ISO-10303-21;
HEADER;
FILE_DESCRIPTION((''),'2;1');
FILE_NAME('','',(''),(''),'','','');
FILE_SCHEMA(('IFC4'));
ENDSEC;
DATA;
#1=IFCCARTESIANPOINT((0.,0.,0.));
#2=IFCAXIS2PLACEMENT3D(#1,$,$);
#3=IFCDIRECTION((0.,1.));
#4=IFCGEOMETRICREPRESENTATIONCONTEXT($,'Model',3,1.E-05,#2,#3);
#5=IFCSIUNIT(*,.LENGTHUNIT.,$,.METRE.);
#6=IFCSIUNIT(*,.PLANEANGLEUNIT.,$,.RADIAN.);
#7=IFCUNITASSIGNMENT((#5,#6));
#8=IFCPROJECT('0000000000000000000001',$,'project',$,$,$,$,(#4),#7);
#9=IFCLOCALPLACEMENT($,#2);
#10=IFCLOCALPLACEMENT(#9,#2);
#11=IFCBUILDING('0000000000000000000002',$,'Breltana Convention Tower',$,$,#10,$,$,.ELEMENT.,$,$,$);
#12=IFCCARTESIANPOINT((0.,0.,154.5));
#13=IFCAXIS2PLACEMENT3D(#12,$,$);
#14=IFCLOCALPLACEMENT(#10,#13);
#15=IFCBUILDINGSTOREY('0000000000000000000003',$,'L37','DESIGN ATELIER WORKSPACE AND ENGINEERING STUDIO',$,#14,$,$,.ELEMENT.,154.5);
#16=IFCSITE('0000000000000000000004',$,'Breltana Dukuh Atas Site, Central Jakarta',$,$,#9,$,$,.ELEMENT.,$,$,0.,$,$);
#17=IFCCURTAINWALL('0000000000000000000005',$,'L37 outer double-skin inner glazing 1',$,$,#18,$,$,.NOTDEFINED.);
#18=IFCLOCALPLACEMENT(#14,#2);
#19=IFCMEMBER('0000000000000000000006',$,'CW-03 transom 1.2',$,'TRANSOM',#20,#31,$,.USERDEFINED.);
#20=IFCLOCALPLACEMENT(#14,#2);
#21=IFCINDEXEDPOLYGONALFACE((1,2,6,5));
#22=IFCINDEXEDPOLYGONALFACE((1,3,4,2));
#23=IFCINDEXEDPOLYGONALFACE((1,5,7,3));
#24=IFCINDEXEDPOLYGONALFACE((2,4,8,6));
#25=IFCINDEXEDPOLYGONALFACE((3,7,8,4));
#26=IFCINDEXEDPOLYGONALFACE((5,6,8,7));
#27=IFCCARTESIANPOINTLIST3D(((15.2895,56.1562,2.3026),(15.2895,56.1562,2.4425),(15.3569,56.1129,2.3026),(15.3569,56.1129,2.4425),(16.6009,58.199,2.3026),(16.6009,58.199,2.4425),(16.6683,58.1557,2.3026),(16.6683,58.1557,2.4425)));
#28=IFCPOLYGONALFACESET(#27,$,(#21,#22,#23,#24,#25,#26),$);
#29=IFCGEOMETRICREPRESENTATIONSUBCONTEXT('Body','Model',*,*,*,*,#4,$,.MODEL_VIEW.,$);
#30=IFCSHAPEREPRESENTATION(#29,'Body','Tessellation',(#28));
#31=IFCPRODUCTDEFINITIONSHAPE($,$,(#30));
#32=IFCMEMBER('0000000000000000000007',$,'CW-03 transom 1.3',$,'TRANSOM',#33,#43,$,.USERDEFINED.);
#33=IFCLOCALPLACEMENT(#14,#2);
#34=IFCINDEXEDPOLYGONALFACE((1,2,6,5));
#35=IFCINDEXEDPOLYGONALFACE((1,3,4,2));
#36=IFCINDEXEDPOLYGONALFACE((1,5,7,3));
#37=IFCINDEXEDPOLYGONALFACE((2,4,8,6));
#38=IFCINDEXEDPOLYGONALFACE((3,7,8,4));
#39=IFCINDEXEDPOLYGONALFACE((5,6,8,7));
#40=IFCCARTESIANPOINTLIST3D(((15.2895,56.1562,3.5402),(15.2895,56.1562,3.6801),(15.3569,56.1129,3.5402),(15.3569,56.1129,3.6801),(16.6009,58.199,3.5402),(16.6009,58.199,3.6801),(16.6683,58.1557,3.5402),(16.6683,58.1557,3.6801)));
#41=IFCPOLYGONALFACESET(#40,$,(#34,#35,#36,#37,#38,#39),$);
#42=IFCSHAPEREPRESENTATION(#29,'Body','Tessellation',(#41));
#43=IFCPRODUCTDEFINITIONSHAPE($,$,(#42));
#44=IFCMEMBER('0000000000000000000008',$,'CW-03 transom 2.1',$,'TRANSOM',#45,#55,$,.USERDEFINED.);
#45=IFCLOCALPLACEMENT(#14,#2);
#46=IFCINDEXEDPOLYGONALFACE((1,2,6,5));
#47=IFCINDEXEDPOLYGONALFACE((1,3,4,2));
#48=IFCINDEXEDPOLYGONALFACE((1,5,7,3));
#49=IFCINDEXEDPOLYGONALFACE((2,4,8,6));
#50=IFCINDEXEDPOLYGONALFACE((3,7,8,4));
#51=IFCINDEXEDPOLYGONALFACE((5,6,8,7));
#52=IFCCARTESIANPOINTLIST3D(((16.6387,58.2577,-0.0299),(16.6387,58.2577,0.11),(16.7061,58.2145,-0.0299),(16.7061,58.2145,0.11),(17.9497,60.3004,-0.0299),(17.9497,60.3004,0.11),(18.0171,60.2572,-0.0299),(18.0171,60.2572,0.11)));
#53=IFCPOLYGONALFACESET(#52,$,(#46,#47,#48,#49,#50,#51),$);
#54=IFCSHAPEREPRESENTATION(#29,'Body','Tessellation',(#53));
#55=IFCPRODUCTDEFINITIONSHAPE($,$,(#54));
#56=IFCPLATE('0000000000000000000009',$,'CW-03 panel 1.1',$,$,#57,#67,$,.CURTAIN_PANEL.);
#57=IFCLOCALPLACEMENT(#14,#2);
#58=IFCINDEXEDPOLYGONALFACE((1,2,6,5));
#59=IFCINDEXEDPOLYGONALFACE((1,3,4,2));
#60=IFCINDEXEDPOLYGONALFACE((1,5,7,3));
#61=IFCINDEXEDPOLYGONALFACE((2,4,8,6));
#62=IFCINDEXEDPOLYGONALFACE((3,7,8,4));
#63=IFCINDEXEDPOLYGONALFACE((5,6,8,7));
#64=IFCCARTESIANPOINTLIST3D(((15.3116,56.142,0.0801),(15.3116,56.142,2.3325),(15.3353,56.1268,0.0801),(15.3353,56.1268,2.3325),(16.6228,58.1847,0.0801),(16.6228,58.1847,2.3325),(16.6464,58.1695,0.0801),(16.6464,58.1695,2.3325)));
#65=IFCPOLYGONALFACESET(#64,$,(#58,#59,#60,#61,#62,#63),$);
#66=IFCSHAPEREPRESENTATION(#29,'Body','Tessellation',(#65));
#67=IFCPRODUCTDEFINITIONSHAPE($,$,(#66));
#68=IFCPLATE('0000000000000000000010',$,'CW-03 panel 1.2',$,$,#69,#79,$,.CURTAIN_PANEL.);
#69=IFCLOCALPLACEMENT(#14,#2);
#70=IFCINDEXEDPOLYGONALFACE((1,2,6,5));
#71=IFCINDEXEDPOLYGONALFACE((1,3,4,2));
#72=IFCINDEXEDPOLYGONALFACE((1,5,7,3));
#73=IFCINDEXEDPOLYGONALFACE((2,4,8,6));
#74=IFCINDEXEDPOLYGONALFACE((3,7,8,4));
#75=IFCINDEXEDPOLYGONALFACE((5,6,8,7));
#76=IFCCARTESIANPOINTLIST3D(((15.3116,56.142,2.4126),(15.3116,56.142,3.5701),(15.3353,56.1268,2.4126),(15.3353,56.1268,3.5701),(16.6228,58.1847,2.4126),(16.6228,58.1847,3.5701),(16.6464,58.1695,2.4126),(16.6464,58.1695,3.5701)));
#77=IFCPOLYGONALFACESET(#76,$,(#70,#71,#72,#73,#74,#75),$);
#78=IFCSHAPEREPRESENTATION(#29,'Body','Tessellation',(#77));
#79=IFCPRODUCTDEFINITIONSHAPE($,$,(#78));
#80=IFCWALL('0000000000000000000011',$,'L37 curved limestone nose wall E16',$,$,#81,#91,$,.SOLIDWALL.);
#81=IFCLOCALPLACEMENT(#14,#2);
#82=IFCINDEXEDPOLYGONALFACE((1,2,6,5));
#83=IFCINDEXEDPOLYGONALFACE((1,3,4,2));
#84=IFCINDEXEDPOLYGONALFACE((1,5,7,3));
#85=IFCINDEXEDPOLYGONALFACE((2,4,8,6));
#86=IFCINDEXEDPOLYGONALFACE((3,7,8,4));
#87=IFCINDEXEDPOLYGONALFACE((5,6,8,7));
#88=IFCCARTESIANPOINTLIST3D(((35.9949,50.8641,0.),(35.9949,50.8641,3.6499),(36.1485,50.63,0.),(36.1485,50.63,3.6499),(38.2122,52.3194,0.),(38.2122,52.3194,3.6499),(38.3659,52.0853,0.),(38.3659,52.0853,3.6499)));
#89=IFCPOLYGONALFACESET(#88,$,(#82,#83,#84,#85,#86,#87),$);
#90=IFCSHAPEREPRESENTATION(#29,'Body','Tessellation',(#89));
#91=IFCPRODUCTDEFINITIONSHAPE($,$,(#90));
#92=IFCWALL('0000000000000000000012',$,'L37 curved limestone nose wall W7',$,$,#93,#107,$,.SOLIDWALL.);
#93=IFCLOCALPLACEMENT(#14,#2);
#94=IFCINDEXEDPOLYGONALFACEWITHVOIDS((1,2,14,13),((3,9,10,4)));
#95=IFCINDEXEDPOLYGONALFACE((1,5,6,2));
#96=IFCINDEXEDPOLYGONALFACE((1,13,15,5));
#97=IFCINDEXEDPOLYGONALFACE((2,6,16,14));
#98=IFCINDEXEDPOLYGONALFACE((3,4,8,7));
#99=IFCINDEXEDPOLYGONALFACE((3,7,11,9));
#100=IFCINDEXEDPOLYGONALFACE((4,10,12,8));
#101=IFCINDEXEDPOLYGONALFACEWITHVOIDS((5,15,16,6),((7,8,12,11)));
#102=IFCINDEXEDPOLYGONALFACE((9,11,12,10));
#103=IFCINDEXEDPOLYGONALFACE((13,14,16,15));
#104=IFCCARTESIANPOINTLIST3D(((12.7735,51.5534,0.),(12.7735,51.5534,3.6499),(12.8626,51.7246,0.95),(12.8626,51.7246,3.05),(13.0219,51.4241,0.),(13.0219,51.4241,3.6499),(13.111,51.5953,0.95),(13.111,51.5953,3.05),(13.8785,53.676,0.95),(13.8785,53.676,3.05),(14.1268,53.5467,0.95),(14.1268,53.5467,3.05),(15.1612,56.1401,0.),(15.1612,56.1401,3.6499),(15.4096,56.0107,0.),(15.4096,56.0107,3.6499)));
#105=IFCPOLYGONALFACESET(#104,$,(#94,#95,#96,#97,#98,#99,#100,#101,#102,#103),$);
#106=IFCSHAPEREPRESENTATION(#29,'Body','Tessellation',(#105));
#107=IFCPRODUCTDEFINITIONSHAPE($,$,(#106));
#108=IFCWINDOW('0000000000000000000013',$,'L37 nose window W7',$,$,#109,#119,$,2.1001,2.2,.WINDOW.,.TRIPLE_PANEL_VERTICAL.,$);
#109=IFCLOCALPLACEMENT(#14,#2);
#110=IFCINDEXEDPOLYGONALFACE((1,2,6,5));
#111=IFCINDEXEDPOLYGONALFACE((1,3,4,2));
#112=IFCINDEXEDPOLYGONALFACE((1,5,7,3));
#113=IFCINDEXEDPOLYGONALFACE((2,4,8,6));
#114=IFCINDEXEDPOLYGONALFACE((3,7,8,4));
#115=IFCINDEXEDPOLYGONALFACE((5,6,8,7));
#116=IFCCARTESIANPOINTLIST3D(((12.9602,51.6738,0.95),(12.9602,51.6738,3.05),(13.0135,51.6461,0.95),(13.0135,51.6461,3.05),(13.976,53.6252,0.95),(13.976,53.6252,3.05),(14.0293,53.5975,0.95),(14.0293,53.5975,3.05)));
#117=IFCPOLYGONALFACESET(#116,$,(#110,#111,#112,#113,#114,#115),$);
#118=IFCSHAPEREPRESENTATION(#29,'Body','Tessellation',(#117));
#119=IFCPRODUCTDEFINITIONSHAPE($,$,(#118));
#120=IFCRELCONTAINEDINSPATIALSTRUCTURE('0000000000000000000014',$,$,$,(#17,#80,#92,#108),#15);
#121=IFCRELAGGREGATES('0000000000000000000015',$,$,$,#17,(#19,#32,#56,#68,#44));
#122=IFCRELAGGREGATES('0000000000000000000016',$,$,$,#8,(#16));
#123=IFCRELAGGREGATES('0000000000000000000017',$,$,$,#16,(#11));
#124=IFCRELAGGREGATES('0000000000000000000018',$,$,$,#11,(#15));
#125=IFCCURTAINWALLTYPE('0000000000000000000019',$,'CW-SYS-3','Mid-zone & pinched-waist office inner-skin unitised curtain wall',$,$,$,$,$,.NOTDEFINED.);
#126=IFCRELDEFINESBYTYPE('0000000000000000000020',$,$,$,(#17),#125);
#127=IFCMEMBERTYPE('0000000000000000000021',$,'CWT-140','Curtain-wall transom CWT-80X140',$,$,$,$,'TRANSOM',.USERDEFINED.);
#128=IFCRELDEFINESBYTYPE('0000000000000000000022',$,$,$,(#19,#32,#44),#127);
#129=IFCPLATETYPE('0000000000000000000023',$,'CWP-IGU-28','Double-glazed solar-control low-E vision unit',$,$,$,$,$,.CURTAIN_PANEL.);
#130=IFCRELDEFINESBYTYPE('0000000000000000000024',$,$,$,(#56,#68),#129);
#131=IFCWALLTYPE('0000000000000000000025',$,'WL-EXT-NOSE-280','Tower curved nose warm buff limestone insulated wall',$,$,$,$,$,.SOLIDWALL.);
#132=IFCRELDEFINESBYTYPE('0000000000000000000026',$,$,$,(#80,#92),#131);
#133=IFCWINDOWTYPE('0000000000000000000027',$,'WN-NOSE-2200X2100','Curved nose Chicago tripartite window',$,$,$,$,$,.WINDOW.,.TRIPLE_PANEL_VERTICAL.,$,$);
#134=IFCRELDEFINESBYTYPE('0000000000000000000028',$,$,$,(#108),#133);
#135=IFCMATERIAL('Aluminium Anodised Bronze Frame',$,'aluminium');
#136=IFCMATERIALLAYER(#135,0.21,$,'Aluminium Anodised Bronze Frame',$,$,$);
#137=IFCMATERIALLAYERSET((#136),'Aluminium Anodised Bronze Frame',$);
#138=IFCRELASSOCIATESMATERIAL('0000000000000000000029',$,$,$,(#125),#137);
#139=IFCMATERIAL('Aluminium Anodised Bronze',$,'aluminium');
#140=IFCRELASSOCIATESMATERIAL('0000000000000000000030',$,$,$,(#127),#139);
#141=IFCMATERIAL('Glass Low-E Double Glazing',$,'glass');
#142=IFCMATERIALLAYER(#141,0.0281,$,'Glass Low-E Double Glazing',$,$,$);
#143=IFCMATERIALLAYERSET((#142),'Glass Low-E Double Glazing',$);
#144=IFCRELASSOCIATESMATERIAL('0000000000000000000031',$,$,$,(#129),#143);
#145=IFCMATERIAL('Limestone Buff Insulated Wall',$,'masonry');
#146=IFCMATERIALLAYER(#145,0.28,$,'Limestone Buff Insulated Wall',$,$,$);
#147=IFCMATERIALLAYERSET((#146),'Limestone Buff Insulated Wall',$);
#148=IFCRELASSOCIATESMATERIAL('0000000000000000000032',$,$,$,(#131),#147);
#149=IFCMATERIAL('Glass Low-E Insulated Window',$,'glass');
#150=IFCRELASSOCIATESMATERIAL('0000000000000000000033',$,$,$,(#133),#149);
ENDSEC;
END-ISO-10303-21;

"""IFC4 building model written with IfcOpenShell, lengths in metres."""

from ifc_helpers import new_model, si_unit, direction, frame, frame_2d, origin, origin_2d, place, context, subcontext, project, spatial, rectangle, extrude, source, transform, mapped, material, layer, layer_set, material_profile, profile_set, type_object, type_shapes, element, fill, aggregate, save


model = new_model("IFC4")

# Units and contexts
model_context = context("Model", 3, precision=1e-05, world=origin(), true_north=direction((0.0, 1.0)))
body_context = subcontext(model_context, "Body", "Model", "MODEL_VIEW")
ifc_project = project(units=[si_unit("LENGTHUNIT", "METRE"), si_unit("PLANEANGLEUNIT", "RADIAN")], contexts=[model_context])

# Site, building, storey
site_placement = place(None, origin())
site = spatial("IfcSite", under=ifc_project, at=site_placement, Name="Breltana Dukuh Atas Site, Central Jakarta", CompositionType="ELEMENT", RefElevation=0.0)
building_placement = place(site_placement, origin())
building = spatial("IfcBuilding", under=site, at=building_placement, Name="Breltana Convention Tower", CompositionType="ELEMENT")
storey_placement = place(building_placement, frame((0.0, 0.0, 154.5)))
storey = spatial("IfcBuildingStorey", under=building, at=storey_placement, Name="L37", Description="DESIGN ATELIER WORKSPACE AND ENGINEERING STUDIO", CompositionType="ELEMENT", Elevation=154.5)

# Curtain wall, members, plates
ifc_material_1 = material(Name="Aluminium Anodised Bronze Frame", Category="aluminium")
ifc_layer_1 = layer(ifc_material_1, 0.21, Name="Aluminium Anodised Bronze Frame")
ifc_layer_set_1 = layer_set([ifc_layer_1], Name="Aluminium Anodised Bronze Frame")
curtain_wall_type = type_object("IfcCurtainWallType", Name="CW-SYS-3", Description="Mid-zone & pinched-waist office inner-skin unitised curtain wall", PredefinedType="NOTDEFINED", material=ifc_layer_set_1)
curtain_wall_placement = place(storey_placement, origin())
curtain_wall = element("IfcCurtainWall", 1, at=curtain_wall_placement, inside=storey, type_object=curtain_wall_type, Name="L37 outer double-skin inner glazing 1", PredefinedType="NOTDEFINED")
ifc_material_2 = material(Name="Aluminium Anodised Bronze", Category="aluminium")
ifc_material_profile_1 = material_profile(ifc_material_2, rectangle(XDim=0.0801, YDim=0.1399, at=origin_2d()), Name="CWT-80X140")
ifc_profile_set_1 = profile_set([ifc_material_profile_1], Name="Aluminium Anodised Bronze")
member_type_1 = type_object("IfcMemberType", Name="CWT-140", Description="Curtain-wall transom CWT-80X140", ElementType="TRANSOM", PredefinedType="USERDEFINED", material=ifc_profile_set_1)
shared_shape_1 = source(origin(), body_context, "Body", "SweptSolid", [
    extrude(rectangle(XDim=0.0801, YDim=0.1399, at=origin_2d()), origin(), (0.0, 0.0, 1.0), 2.4275),
])
member_1_placement = place(storey_placement, frame((15.3232, 56.1345, 2.3726), z_axis=(0.540203, 0.841534, 0.0), x_axis=(-0.841534, 0.540203, 0.0)))
member_1 = element("IfcMember", 2, at=member_1_placement, type_object=member_type_1, Name="CW-03 transom 1.2", ObjectType="TRANSOM", PredefinedType="USERDEFINED", context=body_context, shape_type="MappedRepresentation", body=[
    mapped(shared_shape_1, transform((0.0, 0.0, 0.0), scale=1.0)),
])
member_2_placement = place(storey_placement, frame((15.3232, 56.1345, 3.6101), z_axis=(0.540203, 0.841534, 0.0), x_axis=(-0.841534, 0.540203, 0.0)))
member_2 = element("IfcMember", 3, at=member_2_placement, type_object=member_type_1, Name="CW-03 transom 1.3", ObjectType="TRANSOM", PredefinedType="USERDEFINED", context=body_context, shape_type="MappedRepresentation", body=[
    mapped(shared_shape_1, transform((0.0, 0.0, 0.0), scale=1.0)),
])
shared_shape_2 = source(origin(), body_context, "Body", "SweptSolid", [
    extrude(rectangle(XDim=0.0801, YDim=0.1399, at=origin_2d()), origin(), (0.0, 0.0, 1.0), 2.4272),
])
member_3_placement = place(storey_placement, frame((16.6724, 58.2361, 0.04), z_axis=(0.540132, 0.84158, 0.0), x_axis=(-0.84158, 0.540132, 0.0)))
member_3 = element("IfcMember", 4, at=member_3_placement, type_object=member_type_1, Name="CW-03 transom 2.1", ObjectType="TRANSOM", PredefinedType="USERDEFINED", context=body_context, shape_type="MappedRepresentation", body=[
    mapped(shared_shape_2, transform((0.0, 0.0, 0.0), scale=1.0)),
])
ifc_material_3 = material(Name="Glass Low-E Double Glazing", Category="glass")
ifc_layer_2 = layer(ifc_material_3, 0.0281, Name="Glass Low-E Double Glazing")
ifc_layer_set_2 = layer_set([ifc_layer_2], Name="Glass Low-E Double Glazing")
plate_type = type_object("IfcPlateType", Name="CWP-IGU-28", Description="Double-glazed solar-control low-E vision unit", PredefinedType="CURTAIN_PANEL", material=ifc_layer_set_2)
shared_shape_3 = source(origin(), body_context, "Body", "SweptSolid", [
    extrude(rectangle(XDim=2.4272, YDim=0.0281, at=origin_2d()), origin(), (0.0, 0.0, 1.0), 2.2524),
])
plate_1_placement = place(storey_placement, frame((15.979, 57.1558, 0.0801), z_axis=(0.0, 0.0, 1.0), x_axis=(0.540173, 0.841554, 0.0)))
plate_1 = element("IfcPlate", 5, at=plate_1_placement, type_object=plate_type, Name="CW-03 panel 1.1", PredefinedType="CURTAIN_PANEL", context=body_context, shape_type="MappedRepresentation", body=[
    mapped(shared_shape_3, transform((0.0, 0.0, 0.0), scale=1.0)),
])
shared_shape_4 = source(origin(), body_context, "Body", "SweptSolid", [
    extrude(rectangle(XDim=2.4272, YDim=0.0281, at=origin_2d()), origin(), (0.0, 0.0, 1.0), 1.1575),
])
plate_2_placement = place(storey_placement, frame((15.979, 57.1558, 2.4126), z_axis=(0.0, 0.0, 1.0), x_axis=(0.540173, 0.841554, 0.0)))
plate_2 = element("IfcPlate", 6, at=plate_2_placement, type_object=plate_type, Name="CW-03 panel 1.2", PredefinedType="CURTAIN_PANEL", context=body_context, shape_type="MappedRepresentation", body=[
    mapped(shared_shape_4, transform((0.0, 0.0, 0.0), scale=1.0)),
])
aggregate(curtain_wall, [member_1, member_2, plate_1, plate_2, member_3])

# Wall
ifc_material_4 = material(Name="Limestone Buff Insulated Wall", Category="masonry")
ifc_layer_3 = layer(ifc_material_4, 0.28, Name="Limestone Buff Insulated Wall")
ifc_layer_set_3 = layer_set([ifc_layer_3], Name="Limestone Buff Insulated Wall")
wall_type = type_object("IfcWallType", Name="WL-EXT-NOSE-280", Description="Tower curved nose warm buff limestone insulated wall", PredefinedType="SOLIDWALL", material=ifc_layer_set_3)
shared_shape_5 = source(origin(), body_context, "Body", "SweptSolid", [
    extrude(rectangle(XDim=2.6523, YDim=0.28, at=frame_2d((1.3262, 0.0))), origin(), (0.0, 0.0, 1.0), 3.6499),
])
wall_1_placement = place(storey_placement, frame((38.2891, 52.2024, 0.0), z_axis=(0.0, 0.0, 1.0), x_axis=(-0.836008, -0.548717, 0.0)))
element("IfcWall", 7, at=wall_1_placement, inside=storey, type_object=wall_type, Name="L37 curved limestone nose wall E16", PredefinedType="SOLIDWALL", context=body_context, shape_type="MappedRepresentation", body=[
    mapped(shared_shape_5, transform((0.0, 0.0, 0.0), scale=1.0)),
])

# Wall, opening, window
shared_shape_6 = source(origin(), body_context, "Body", "SweptSolid", [
    extrude(rectangle(XDim=5.1709, YDim=0.28, at=frame_2d((2.5854, 0.0))), origin(), (0.0, 0.0, 1.0), 3.6499),
])
wall_2_placement = place(storey_placement, frame((12.8977, 51.4888, 0.0), z_axis=(0.0, 0.0, 1.0), x_axis=(0.461753, 0.887009, 0.0)))
wall_2 = element("IfcWall", 8, at=wall_2_placement, inside=storey, type_object=wall_type, Name="L37 curved limestone nose wall W7", PredefinedType="SOLIDWALL", context=body_context, shape_type="MappedRepresentation", body=[
    mapped(shared_shape_6, transform((0.0, 0.0, 0.0), scale=1.0)),
])
opening_placement = place(wall_2_placement, frame((0.1929, 0.0, 0.95)))
opening = element("IfcOpeningElement", 9, at=opening_placement, cuts=wall_2, PredefinedType="OPENING", context=body_context, shape_type="SweptSolid", body=[
    extrude(rectangle(XDim=2.2, YDim=2.1001, at=frame_2d((1.1001, 1.05))), frame((0.0, 0.1499, 0.0), z_axis=(0.0, -1.0, 0.0), x_axis=(1.0, 0.0, 0.0)), (0.0, 0.0, 1.0), 0.3),
])
ifc_material_5 = material(Name="Glass Low-E Insulated Window", Category="glass")
window_type = type_object("IfcWindowType", Name="WN-NOSE-2200X2100", Description="Curved nose Chicago tripartite window", PartitioningType="TRIPLE_PANEL_VERTICAL", PredefinedType="WINDOW", material=ifc_material_5)
shared_shape_7 = source(origin(), body_context, "Body", "SweptSolid", [
    extrude(rectangle(XDim=2.2, YDim=2.1001, at=frame_2d((1.1001, 1.05))), frame((0.0, 0.03, 0.0), z_axis=(0.0, -1.0, 0.0), x_axis=(1.0, 0.0, 0.0)), (0.0, 0.0, 1.0), 0.0601),
])
type_shapes(window_type, [shared_shape_7])
window_placement = place(opening_placement, origin())
window = element("IfcWindow", 10, at=window_placement, inside=storey, type_object=window_type, Name="L37 nose window W7", OverallHeight=2.1001, OverallWidth=2.2, PartitioningType="TRIPLE_PANEL_VERTICAL", PredefinedType="WINDOW", context=body_context, shape_type="MappedRepresentation", body=[
    mapped(shared_shape_7, transform((0.0, 0.0, 0.0), scale=1.0)),
])
fill(opening, window)

save(model, "model.ifc")
